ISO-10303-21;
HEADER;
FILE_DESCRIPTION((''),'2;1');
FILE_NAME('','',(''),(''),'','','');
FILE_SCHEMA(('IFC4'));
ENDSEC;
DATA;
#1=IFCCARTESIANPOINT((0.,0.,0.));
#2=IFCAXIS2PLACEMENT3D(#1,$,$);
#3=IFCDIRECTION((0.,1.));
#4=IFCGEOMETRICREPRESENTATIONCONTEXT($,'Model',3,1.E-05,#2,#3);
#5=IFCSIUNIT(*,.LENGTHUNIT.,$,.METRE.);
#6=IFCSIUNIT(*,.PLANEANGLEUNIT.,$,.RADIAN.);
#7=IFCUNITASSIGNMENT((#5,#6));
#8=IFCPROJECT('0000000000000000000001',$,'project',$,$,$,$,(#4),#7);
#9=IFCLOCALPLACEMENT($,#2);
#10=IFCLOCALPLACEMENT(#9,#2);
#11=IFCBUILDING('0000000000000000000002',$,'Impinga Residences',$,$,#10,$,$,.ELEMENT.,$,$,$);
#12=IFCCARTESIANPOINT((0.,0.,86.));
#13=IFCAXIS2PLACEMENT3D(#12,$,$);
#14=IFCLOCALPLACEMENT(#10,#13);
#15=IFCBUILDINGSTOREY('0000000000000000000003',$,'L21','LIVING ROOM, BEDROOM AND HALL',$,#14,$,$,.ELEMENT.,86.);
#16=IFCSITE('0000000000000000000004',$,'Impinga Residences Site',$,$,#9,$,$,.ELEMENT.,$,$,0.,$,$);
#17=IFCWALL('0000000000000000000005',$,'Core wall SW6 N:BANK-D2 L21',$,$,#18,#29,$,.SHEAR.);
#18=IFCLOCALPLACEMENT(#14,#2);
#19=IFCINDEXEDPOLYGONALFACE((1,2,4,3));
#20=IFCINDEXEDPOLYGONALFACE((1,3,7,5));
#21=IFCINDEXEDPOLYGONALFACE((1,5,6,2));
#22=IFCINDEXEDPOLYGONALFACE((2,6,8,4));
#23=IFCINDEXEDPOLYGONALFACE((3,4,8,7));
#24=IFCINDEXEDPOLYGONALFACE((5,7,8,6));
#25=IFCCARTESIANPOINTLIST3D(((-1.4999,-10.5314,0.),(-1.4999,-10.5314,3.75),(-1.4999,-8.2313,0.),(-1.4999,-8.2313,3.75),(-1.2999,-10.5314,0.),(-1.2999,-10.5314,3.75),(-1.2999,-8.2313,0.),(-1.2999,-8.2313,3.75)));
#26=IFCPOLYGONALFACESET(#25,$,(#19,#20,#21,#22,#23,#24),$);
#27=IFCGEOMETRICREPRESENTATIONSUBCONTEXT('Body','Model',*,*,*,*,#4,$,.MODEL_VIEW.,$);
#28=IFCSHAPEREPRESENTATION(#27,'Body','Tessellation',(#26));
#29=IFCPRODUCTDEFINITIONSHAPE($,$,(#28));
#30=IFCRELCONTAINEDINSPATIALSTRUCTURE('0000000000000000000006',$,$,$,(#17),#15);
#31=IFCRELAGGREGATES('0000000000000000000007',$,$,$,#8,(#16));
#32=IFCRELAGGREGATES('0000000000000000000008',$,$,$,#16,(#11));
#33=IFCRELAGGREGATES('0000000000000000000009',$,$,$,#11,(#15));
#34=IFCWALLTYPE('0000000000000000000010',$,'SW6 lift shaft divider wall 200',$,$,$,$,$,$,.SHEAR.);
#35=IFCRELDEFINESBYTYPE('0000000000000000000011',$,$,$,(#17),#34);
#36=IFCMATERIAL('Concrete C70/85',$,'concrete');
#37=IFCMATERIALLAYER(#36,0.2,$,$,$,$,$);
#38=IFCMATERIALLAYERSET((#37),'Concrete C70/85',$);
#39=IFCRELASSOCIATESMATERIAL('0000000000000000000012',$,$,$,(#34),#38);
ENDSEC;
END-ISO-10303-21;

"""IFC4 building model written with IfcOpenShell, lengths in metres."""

from ifc_helpers import new_model, si_unit, direction, frame, frame_2d, origin, place, context, subcontext, project, spatial, rectangle, extrude, material, layer, layer_set, type_object, element, save


model = new_model("IFC4")

# Units and contexts
model_context = context("Model", 3, precision=1e-05, world=origin(), true_north=direction((0.0, 1.0)))
body_context = subcontext(model_context, "Body", "Model", "MODEL_VIEW")
ifc_project = project(units=[si_unit("LENGTHUNIT", "METRE"), si_unit("PLANEANGLEUNIT", "RADIAN")], contexts=[model_context])

# Site, building, storey
site_placement = place(None, origin())
site = spatial("IfcSite", under=ifc_project, at=site_placement, Name="Impinga Residences Site", CompositionType="ELEMENT", RefElevation=0.0)
building_placement = place(site_placement, origin())
building = spatial("IfcBuilding", under=site, at=building_placement, Name="Impinga Residences", CompositionType="ELEMENT")
storey_placement = place(building_placement, frame((0.0, 0.0, 86.0)))
storey = spatial("IfcBuildingStorey", under=building, at=storey_placement, Name="L21", Description="LIVING ROOM, BEDROOM AND HALL", CompositionType="ELEMENT", Elevation=86.0)

# Shared definitions
ifc_material_1 = material(Name="Concrete C70/85", Category="concrete")

# Wall
ifc_layer_1 = layer(ifc_material_1, 0.2)
ifc_layer_set_1 = layer_set([ifc_layer_1], Name="Concrete C70/85")
wall_type_1 = type_object("IfcWallType", Name="SW6 lift shaft divider wall 200", PredefinedType="SHEAR", material=ifc_layer_set_1)
wall_1_placement = place(storey_placement, frame((-1.3999, -8.2314, 0.0), z_axis=(0.0, 0.0, 1.0), x_axis=(0.0, -1.0, 0.0)))
element("IfcWall", 1, at=wall_1_placement, inside=storey, type_object=wall_type_1, Name="Core wall SW6 N:BANK-D2 L21", PredefinedType="SHEAR", context=body_context, shape_type="SweptSolid", body=[
    extrude(rectangle(XDim=2.3, YDim=0.2, at=frame_2d((1.1499, 0.0))), origin(), (0.0, 0.0, 1.0), 3.75),
])

save(model, "model.ifc")
